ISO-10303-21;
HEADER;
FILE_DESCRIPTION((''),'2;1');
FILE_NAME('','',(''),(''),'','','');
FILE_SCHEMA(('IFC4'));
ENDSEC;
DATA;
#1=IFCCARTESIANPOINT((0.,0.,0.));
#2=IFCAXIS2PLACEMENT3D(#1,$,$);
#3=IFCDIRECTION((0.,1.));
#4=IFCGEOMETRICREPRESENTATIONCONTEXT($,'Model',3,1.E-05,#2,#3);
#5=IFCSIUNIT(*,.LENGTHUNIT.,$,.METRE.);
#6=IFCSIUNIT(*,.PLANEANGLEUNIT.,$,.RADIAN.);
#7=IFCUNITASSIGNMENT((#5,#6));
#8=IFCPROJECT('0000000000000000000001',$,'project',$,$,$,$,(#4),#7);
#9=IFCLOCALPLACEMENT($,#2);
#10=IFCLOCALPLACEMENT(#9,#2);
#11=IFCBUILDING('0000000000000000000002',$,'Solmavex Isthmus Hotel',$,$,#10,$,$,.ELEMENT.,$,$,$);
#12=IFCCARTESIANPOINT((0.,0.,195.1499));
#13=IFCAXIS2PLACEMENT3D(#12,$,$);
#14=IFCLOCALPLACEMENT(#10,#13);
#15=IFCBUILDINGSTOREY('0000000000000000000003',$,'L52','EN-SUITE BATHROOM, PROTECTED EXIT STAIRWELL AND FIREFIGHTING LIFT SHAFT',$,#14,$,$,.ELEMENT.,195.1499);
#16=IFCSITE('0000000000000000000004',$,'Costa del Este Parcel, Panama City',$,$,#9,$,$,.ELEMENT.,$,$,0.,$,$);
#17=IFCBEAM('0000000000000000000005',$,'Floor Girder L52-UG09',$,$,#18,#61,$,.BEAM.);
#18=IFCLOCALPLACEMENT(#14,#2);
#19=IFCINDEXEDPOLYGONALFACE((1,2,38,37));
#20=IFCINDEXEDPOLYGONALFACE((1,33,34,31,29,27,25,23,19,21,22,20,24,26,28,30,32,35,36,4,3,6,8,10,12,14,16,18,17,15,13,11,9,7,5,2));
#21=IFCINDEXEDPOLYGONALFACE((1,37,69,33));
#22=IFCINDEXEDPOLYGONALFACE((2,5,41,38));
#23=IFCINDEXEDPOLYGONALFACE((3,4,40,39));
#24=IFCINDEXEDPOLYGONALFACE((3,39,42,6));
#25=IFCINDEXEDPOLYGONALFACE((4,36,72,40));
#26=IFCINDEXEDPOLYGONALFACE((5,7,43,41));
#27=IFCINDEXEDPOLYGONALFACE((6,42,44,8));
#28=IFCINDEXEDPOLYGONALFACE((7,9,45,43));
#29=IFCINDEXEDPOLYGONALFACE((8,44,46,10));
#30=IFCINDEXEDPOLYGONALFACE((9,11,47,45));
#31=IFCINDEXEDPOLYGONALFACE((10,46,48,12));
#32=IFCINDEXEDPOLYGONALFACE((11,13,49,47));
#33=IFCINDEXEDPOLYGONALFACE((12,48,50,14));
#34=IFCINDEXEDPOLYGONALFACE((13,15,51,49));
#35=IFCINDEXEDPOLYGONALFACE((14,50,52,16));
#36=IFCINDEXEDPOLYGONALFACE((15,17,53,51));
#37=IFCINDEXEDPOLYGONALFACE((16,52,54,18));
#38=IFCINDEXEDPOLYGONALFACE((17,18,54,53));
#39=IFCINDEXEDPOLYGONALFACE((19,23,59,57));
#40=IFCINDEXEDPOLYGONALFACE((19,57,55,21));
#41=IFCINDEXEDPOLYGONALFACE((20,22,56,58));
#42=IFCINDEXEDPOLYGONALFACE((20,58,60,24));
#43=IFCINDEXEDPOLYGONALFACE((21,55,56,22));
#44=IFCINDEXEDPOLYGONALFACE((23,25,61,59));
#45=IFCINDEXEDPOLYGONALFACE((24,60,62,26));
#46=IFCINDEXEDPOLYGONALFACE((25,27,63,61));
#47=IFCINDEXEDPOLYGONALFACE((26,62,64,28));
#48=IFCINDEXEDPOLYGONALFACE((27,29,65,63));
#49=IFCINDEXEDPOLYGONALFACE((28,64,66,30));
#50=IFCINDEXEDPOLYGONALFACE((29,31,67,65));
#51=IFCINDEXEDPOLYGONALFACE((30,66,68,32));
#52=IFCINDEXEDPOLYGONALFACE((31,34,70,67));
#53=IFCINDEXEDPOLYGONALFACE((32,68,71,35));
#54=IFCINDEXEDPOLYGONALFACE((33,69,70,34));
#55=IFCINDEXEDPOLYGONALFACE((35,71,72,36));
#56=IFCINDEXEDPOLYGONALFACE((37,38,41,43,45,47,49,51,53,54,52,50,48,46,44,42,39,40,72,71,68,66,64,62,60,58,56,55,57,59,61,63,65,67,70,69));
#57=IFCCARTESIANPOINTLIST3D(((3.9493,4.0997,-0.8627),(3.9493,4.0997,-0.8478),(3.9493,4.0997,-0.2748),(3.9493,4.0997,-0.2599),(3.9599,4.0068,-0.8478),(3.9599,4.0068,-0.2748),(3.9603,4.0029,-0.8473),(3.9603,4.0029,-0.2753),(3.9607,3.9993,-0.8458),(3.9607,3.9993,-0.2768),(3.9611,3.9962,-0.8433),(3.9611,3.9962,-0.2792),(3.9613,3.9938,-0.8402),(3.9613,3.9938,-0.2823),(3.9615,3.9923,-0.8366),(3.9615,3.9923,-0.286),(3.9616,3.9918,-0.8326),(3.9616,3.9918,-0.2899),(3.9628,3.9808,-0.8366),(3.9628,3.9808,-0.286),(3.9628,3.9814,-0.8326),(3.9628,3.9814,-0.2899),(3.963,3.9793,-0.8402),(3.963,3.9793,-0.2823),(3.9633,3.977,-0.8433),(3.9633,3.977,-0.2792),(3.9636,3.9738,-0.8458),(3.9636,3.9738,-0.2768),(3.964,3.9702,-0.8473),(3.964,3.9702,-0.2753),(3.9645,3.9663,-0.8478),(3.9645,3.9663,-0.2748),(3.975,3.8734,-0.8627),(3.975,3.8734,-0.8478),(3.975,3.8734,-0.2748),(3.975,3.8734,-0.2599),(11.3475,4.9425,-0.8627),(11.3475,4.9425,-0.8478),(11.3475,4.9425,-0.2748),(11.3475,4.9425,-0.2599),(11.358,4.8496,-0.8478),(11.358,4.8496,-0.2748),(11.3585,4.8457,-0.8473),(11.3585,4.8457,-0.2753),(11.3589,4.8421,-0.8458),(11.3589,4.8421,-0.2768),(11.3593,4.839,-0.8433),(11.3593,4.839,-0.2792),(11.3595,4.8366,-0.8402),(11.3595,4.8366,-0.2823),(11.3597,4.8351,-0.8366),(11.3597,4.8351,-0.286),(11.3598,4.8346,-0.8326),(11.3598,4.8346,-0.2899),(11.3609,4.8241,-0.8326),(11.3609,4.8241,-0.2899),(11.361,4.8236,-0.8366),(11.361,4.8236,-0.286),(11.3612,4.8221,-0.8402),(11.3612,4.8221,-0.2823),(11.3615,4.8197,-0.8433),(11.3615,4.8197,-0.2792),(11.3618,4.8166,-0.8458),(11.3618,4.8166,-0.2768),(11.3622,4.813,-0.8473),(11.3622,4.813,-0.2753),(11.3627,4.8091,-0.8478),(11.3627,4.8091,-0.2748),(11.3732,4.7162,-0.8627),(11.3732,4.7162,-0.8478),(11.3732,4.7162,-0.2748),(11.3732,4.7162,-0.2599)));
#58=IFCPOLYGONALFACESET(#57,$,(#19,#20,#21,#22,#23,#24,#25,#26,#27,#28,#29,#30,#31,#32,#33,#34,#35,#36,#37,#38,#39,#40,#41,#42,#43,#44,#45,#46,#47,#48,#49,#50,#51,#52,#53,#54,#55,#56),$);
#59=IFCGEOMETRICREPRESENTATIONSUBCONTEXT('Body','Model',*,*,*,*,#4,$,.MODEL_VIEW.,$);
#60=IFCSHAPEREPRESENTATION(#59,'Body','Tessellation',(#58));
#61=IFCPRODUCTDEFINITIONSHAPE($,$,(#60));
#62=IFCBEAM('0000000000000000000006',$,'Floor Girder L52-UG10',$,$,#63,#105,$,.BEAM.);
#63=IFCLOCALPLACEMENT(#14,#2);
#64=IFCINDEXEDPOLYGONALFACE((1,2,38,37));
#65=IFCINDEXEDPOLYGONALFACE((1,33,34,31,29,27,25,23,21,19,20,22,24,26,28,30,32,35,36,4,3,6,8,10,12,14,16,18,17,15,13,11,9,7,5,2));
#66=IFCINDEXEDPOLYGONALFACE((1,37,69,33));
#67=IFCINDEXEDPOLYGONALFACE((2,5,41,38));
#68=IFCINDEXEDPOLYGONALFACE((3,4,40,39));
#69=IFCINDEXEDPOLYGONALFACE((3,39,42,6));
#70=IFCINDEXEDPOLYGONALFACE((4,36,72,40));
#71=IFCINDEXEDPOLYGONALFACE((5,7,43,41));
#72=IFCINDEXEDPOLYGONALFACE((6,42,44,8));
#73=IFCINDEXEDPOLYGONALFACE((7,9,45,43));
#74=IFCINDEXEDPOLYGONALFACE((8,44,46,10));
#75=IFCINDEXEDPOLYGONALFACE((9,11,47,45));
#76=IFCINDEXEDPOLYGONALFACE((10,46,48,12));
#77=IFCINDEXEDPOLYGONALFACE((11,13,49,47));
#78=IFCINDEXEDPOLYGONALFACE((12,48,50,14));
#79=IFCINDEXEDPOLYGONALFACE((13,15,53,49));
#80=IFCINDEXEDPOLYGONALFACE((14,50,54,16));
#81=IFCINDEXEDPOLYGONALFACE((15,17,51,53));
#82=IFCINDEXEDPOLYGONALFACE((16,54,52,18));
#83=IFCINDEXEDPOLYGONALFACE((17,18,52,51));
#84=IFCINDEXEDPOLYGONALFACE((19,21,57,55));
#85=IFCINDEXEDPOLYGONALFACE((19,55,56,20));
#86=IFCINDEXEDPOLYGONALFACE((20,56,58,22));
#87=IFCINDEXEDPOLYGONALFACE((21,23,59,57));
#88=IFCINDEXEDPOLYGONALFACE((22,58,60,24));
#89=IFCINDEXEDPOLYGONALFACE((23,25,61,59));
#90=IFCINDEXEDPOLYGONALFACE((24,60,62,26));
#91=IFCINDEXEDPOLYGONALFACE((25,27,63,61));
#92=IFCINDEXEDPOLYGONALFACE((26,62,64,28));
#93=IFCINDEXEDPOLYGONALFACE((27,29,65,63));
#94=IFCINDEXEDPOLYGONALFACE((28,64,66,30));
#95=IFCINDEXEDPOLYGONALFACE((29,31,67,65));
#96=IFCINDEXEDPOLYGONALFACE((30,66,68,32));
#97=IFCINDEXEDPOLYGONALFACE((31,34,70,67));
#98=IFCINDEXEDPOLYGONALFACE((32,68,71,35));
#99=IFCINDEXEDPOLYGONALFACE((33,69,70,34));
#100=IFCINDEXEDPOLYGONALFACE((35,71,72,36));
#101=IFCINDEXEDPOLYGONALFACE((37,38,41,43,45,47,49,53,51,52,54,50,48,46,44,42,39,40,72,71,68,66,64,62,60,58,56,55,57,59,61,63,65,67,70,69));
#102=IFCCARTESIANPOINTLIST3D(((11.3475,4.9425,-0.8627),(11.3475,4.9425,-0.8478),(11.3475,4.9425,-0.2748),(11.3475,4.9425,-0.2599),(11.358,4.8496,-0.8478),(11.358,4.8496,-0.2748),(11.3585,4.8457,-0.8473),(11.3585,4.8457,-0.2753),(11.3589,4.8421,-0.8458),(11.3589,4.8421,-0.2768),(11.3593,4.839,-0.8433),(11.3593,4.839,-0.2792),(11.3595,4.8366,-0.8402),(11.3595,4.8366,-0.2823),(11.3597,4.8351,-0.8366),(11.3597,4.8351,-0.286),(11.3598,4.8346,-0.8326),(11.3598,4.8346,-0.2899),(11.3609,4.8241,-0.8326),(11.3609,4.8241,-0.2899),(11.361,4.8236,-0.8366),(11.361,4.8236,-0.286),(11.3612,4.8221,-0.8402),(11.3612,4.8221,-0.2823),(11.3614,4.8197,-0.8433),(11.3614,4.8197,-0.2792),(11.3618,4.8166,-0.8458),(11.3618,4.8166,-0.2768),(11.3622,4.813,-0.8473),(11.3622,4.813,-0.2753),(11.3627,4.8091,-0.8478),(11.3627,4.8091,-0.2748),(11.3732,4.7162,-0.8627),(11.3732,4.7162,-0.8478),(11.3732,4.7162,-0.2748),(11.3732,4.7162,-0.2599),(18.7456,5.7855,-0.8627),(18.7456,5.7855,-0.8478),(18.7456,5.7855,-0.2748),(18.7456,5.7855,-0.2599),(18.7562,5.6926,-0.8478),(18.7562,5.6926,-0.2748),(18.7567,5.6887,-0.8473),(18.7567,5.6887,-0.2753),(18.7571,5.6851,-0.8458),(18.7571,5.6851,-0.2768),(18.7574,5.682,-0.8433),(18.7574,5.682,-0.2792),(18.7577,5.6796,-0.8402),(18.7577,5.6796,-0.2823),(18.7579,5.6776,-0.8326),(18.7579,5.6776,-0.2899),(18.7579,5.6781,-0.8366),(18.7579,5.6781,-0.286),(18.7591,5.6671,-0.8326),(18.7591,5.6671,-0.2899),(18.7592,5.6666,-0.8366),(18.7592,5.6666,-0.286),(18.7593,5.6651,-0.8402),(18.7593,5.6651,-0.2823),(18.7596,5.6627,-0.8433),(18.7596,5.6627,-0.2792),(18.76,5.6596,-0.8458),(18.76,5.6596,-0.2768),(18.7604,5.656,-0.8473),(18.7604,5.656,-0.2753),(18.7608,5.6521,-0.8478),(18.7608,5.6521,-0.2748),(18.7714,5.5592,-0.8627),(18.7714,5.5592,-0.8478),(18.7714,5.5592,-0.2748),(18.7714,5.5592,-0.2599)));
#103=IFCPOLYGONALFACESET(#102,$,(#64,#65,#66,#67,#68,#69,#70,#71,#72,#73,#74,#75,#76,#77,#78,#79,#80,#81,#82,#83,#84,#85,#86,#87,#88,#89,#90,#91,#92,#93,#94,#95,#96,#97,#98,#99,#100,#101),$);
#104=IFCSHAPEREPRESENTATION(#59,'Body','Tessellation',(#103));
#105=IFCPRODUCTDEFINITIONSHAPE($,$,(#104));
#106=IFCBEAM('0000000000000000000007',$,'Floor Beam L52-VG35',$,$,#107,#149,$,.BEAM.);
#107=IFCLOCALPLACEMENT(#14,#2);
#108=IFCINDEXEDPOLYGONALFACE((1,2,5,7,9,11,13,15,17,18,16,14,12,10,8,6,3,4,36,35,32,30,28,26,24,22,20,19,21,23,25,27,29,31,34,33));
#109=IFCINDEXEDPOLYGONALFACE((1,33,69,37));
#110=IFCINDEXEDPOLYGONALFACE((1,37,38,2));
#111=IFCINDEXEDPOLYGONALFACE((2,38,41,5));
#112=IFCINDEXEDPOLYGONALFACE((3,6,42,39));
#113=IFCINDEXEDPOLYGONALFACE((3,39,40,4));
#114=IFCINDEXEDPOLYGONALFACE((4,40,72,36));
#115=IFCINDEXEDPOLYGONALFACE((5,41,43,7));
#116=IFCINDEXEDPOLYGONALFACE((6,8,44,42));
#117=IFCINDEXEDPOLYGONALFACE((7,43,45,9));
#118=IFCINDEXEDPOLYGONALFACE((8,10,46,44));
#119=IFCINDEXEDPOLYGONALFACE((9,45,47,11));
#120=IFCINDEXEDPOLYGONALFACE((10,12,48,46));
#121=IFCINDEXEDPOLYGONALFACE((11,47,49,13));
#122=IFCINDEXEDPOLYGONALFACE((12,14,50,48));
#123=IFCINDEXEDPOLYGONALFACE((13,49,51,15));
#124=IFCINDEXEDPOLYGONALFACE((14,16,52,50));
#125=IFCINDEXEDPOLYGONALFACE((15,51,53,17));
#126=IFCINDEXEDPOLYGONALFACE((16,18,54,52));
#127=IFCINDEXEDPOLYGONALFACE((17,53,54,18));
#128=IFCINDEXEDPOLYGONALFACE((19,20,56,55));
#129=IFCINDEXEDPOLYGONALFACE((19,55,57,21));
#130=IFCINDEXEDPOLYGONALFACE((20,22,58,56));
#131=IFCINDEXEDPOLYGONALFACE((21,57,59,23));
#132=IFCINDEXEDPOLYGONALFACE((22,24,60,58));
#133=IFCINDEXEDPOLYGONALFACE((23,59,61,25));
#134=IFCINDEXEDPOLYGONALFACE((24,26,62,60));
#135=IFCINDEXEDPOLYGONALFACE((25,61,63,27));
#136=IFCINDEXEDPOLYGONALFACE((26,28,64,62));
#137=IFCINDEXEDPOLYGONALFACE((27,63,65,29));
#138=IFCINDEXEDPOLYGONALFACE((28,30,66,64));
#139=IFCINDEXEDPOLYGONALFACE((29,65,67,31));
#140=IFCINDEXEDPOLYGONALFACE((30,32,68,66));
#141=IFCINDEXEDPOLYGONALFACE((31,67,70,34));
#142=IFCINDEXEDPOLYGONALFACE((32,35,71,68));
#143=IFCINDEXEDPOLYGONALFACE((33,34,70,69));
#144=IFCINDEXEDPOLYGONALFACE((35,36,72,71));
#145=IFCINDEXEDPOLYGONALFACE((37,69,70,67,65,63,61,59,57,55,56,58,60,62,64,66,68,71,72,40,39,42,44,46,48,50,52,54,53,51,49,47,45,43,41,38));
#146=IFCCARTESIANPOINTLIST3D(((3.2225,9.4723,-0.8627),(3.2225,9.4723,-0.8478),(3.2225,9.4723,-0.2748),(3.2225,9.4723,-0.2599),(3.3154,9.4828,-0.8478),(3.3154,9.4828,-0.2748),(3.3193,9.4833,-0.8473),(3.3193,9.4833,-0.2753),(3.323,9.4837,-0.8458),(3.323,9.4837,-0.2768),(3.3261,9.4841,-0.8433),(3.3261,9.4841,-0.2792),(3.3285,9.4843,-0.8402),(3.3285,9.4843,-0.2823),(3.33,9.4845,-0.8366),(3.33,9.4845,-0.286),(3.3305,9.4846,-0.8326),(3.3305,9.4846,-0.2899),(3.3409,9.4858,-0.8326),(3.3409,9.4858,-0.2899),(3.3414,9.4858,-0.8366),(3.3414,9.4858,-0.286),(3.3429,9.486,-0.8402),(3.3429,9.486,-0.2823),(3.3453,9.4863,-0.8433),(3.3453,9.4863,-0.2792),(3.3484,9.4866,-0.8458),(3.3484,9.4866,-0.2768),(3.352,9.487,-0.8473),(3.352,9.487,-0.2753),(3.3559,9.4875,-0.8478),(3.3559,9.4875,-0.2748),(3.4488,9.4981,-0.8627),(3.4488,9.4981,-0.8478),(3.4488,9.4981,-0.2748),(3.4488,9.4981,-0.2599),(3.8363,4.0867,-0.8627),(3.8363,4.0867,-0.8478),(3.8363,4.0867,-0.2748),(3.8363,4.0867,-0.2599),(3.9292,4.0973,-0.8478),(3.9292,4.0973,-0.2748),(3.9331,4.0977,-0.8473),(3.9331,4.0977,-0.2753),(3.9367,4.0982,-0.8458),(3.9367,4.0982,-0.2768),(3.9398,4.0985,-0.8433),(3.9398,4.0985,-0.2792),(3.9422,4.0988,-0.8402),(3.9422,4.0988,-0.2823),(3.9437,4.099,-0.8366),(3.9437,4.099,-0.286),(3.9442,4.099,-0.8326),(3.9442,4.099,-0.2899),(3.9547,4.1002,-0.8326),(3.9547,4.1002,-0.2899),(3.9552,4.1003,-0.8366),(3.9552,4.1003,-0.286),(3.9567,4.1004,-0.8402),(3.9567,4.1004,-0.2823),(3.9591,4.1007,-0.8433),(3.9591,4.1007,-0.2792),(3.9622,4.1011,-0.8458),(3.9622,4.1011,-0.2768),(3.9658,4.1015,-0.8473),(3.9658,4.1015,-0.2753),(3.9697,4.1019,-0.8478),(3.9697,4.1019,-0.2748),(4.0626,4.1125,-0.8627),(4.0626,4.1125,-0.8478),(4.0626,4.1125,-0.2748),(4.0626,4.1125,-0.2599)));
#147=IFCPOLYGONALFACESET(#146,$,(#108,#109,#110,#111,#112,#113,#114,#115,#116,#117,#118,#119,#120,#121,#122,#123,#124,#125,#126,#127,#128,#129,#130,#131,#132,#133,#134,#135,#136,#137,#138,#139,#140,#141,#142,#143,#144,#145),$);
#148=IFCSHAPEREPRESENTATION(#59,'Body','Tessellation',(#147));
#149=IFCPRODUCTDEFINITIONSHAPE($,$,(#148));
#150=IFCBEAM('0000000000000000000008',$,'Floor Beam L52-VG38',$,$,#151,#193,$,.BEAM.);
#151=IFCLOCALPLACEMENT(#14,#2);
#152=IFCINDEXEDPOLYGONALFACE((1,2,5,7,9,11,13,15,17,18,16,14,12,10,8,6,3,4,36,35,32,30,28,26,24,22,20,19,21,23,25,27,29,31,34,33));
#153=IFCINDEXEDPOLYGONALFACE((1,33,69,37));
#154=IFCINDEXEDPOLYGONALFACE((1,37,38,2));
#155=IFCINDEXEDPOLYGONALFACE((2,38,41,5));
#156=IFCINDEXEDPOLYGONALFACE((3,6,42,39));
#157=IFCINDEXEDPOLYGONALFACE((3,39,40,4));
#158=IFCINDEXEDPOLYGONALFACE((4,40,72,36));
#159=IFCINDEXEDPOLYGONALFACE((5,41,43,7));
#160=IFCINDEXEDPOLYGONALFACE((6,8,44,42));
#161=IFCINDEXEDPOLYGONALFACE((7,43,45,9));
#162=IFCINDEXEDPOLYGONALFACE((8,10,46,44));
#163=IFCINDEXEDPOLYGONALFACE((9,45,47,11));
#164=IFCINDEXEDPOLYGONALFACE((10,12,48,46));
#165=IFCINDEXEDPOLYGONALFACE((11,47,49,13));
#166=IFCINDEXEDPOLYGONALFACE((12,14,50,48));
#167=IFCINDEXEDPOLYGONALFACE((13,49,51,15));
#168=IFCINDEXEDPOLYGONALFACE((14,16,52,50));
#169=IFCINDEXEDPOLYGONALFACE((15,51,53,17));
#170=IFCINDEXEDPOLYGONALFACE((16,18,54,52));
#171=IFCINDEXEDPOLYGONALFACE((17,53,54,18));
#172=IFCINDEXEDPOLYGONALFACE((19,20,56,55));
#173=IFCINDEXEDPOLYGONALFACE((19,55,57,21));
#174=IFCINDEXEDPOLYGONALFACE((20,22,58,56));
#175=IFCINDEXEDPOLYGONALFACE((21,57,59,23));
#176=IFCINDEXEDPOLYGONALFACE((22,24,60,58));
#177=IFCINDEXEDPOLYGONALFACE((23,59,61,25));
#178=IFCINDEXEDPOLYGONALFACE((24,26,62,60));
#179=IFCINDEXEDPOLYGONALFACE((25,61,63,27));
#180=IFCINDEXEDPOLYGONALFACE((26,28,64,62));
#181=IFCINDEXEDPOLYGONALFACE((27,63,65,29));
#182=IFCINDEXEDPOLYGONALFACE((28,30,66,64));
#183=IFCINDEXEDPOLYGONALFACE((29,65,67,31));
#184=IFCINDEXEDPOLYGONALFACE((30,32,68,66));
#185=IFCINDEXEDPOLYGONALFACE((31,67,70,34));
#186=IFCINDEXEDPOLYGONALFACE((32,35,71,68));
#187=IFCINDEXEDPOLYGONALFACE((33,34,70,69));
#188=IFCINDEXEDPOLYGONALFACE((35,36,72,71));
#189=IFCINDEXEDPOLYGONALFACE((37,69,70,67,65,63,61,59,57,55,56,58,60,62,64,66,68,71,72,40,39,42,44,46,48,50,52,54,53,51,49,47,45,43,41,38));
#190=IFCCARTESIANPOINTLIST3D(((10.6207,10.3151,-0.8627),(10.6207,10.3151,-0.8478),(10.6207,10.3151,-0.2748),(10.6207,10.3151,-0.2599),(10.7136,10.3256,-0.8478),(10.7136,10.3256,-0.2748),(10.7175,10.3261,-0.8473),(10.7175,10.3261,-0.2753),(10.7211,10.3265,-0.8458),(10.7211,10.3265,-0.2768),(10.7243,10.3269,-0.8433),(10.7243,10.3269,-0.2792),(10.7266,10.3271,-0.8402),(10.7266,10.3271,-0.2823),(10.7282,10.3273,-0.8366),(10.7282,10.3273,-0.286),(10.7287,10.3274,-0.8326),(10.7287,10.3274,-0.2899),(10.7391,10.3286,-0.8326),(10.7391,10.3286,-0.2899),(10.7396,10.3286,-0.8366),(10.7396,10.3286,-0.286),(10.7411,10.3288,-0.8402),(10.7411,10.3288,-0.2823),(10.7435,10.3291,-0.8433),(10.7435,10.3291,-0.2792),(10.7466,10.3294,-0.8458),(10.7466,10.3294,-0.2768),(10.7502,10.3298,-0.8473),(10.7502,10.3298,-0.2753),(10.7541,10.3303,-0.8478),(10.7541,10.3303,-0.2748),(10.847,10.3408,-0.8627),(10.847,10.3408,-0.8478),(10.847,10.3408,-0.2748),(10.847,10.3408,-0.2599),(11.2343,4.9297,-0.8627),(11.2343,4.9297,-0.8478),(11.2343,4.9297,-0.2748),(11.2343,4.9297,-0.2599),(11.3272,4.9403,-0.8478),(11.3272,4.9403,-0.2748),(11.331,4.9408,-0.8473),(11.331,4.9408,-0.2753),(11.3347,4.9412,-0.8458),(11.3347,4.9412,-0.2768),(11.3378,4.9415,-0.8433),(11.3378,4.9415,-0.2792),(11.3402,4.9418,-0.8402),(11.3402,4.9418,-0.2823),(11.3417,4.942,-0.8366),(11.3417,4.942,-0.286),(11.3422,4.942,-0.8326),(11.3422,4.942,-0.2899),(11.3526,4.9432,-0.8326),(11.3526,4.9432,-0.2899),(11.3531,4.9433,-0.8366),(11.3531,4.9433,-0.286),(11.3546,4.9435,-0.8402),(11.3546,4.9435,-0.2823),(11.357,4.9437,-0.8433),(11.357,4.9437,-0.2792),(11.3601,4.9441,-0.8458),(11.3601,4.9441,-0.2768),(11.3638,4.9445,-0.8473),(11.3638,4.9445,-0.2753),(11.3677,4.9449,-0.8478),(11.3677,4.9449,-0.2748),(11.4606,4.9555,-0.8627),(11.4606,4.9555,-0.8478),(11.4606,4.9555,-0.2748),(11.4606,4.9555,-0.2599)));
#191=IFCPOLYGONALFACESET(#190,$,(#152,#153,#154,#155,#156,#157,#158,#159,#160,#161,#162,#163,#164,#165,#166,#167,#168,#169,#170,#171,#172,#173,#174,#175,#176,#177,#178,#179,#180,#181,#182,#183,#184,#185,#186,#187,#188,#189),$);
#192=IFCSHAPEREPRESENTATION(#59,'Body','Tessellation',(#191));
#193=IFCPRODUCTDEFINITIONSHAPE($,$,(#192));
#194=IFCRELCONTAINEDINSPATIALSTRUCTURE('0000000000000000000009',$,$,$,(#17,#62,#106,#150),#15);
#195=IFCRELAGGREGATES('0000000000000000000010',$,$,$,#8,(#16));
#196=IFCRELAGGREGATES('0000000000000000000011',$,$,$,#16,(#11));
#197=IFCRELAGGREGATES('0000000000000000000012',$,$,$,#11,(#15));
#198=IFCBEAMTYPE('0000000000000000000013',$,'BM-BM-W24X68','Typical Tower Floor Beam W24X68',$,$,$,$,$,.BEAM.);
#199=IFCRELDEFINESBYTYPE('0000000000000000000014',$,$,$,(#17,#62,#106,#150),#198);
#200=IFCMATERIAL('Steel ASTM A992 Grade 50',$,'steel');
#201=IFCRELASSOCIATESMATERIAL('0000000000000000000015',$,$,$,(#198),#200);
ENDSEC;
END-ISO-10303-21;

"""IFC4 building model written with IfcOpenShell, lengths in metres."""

from ifc_helpers import new_model, si_unit, direction, frame, origin, origin_2d, place, context, subcontext, project, spatial, i_section, extrude, material, material_profile, profile_set, type_object, element, save


model = new_model("IFC4")

# Units and contexts
model_context = context("Model", 3, precision=1e-05, world=origin(), true_north=direction((0.0, 1.0)))
body_context = subcontext(model_context, "Body", "Model", "MODEL_VIEW")
ifc_project = project(units=[si_unit("LENGTHUNIT", "METRE"), si_unit("PLANEANGLEUNIT", "RADIAN")], contexts=[model_context])

# Site, building, storey
site_placement = place(None, origin())
site = spatial("IfcSite", under=ifc_project, at=site_placement, Name="Costa del Este Parcel, Panama City", CompositionType="ELEMENT", RefElevation=0.0)
building_placement = place(site_placement, origin())
building = spatial("IfcBuilding", under=site, at=building_placement, Name="Solmavex Isthmus Hotel", CompositionType="ELEMENT")
storey_placement = place(building_placement, frame((0.0, 0.0, 195.1499)))
storey = spatial("IfcBuildingStorey", under=building, at=storey_placement, Name="L52", Description="EN-SUITE BATHROOM, PROTECTED EXIT STAIRWELL AND FIREFIGHTING LIFT SHAFT", CompositionType="ELEMENT", Elevation=195.1499)

# Beams
ifc_material_1 = material(Name="Steel ASTM A992 Grade 50", Category="steel")
ifc_material_profile_1 = material_profile(ifc_material_1, i_section(OverallWidth=0.2278, OverallDepth=0.6028, WebThickness=0.0105, FlangeThickness=0.0149, FilletRadius=0.0151, at=origin_2d()), Name="W24X68")
ifc_profile_set_1 = profile_set([ifc_material_profile_1], Name="Steel ASTM A992 Grade 50")
beam_type_1 = type_object("IfcBeamType", Name="BM-BM-W24X68", Description="Typical Tower Floor Beam W24X68", PredefinedType="BEAM", material=ifc_profile_set_1)
for number, where, z_axis, x_axis, name in (
    (1, (3.9622, 3.9866, -0.5613), (0.993574, 0.113184, 0.0), (-0.113184, 0.993574, 0.0), "Floor Girder L52-UG09"),
    (2, (11.3604, 4.8293, -0.5613), (0.99357, 0.113216, 0.0), (-0.113216, 0.99357, 0.0), "Floor Girder L52-UG10"),
):
    element("IfcBeam", number, at=place(storey_placement, frame(where, z_axis=z_axis, x_axis=x_axis)), inside=storey, type_object=beam_type_1, Name=name, PredefinedType="BEAM", context=body_context, shape_type="SweptSolid", body=[
        extrude(i_section(OverallWidth=0.2278, OverallDepth=0.6028, WebThickness=0.0105, FlangeThickness=0.0149, FilletRadius=0.0151, at=origin_2d()), origin(), (0.0, 0.0, 1.0), 7.446),
    ])
beam_1_placement = place(storey_placement, frame((3.9495, 4.0996, -0.5613), z_axis=(-0.113234, 0.993568, 0.0), x_axis=(-0.993568, -0.113234, 0.0)))
element("IfcBeam", 3, at=beam_1_placement, inside=storey, type_object=beam_type_1, Name="Floor Beam L52-VG35", PredefinedType="BEAM", context=body_context, shape_type="SweptSolid", body=[
    extrude(i_section(OverallWidth=0.2278, OverallDepth=0.6028, WebThickness=0.0105, FlangeThickness=0.0149, FilletRadius=0.0151, at=origin_2d()), origin(), (0.0, 0.0, 1.0), 5.4204),
])
beam_2_placement = place(storey_placement, frame((11.3474, 4.9426, -0.5613), z_axis=(-0.113195, 0.993573, 0.0), x_axis=(-0.993573, -0.113195, 0.0)))
element("IfcBeam", 4, at=beam_2_placement, inside=storey, type_object=beam_type_1, Name="Floor Beam L52-VG38", PredefinedType="BEAM", context=body_context, shape_type="SweptSolid", body=[
    extrude(i_section(OverallWidth=0.2278, OverallDepth=0.6028, WebThickness=0.0105, FlangeThickness=0.0149, FilletRadius=0.0151, at=origin_2d()), origin(), (0.0, 0.0, 1.0), 5.4202),
])

save(model, "model.ifc")
